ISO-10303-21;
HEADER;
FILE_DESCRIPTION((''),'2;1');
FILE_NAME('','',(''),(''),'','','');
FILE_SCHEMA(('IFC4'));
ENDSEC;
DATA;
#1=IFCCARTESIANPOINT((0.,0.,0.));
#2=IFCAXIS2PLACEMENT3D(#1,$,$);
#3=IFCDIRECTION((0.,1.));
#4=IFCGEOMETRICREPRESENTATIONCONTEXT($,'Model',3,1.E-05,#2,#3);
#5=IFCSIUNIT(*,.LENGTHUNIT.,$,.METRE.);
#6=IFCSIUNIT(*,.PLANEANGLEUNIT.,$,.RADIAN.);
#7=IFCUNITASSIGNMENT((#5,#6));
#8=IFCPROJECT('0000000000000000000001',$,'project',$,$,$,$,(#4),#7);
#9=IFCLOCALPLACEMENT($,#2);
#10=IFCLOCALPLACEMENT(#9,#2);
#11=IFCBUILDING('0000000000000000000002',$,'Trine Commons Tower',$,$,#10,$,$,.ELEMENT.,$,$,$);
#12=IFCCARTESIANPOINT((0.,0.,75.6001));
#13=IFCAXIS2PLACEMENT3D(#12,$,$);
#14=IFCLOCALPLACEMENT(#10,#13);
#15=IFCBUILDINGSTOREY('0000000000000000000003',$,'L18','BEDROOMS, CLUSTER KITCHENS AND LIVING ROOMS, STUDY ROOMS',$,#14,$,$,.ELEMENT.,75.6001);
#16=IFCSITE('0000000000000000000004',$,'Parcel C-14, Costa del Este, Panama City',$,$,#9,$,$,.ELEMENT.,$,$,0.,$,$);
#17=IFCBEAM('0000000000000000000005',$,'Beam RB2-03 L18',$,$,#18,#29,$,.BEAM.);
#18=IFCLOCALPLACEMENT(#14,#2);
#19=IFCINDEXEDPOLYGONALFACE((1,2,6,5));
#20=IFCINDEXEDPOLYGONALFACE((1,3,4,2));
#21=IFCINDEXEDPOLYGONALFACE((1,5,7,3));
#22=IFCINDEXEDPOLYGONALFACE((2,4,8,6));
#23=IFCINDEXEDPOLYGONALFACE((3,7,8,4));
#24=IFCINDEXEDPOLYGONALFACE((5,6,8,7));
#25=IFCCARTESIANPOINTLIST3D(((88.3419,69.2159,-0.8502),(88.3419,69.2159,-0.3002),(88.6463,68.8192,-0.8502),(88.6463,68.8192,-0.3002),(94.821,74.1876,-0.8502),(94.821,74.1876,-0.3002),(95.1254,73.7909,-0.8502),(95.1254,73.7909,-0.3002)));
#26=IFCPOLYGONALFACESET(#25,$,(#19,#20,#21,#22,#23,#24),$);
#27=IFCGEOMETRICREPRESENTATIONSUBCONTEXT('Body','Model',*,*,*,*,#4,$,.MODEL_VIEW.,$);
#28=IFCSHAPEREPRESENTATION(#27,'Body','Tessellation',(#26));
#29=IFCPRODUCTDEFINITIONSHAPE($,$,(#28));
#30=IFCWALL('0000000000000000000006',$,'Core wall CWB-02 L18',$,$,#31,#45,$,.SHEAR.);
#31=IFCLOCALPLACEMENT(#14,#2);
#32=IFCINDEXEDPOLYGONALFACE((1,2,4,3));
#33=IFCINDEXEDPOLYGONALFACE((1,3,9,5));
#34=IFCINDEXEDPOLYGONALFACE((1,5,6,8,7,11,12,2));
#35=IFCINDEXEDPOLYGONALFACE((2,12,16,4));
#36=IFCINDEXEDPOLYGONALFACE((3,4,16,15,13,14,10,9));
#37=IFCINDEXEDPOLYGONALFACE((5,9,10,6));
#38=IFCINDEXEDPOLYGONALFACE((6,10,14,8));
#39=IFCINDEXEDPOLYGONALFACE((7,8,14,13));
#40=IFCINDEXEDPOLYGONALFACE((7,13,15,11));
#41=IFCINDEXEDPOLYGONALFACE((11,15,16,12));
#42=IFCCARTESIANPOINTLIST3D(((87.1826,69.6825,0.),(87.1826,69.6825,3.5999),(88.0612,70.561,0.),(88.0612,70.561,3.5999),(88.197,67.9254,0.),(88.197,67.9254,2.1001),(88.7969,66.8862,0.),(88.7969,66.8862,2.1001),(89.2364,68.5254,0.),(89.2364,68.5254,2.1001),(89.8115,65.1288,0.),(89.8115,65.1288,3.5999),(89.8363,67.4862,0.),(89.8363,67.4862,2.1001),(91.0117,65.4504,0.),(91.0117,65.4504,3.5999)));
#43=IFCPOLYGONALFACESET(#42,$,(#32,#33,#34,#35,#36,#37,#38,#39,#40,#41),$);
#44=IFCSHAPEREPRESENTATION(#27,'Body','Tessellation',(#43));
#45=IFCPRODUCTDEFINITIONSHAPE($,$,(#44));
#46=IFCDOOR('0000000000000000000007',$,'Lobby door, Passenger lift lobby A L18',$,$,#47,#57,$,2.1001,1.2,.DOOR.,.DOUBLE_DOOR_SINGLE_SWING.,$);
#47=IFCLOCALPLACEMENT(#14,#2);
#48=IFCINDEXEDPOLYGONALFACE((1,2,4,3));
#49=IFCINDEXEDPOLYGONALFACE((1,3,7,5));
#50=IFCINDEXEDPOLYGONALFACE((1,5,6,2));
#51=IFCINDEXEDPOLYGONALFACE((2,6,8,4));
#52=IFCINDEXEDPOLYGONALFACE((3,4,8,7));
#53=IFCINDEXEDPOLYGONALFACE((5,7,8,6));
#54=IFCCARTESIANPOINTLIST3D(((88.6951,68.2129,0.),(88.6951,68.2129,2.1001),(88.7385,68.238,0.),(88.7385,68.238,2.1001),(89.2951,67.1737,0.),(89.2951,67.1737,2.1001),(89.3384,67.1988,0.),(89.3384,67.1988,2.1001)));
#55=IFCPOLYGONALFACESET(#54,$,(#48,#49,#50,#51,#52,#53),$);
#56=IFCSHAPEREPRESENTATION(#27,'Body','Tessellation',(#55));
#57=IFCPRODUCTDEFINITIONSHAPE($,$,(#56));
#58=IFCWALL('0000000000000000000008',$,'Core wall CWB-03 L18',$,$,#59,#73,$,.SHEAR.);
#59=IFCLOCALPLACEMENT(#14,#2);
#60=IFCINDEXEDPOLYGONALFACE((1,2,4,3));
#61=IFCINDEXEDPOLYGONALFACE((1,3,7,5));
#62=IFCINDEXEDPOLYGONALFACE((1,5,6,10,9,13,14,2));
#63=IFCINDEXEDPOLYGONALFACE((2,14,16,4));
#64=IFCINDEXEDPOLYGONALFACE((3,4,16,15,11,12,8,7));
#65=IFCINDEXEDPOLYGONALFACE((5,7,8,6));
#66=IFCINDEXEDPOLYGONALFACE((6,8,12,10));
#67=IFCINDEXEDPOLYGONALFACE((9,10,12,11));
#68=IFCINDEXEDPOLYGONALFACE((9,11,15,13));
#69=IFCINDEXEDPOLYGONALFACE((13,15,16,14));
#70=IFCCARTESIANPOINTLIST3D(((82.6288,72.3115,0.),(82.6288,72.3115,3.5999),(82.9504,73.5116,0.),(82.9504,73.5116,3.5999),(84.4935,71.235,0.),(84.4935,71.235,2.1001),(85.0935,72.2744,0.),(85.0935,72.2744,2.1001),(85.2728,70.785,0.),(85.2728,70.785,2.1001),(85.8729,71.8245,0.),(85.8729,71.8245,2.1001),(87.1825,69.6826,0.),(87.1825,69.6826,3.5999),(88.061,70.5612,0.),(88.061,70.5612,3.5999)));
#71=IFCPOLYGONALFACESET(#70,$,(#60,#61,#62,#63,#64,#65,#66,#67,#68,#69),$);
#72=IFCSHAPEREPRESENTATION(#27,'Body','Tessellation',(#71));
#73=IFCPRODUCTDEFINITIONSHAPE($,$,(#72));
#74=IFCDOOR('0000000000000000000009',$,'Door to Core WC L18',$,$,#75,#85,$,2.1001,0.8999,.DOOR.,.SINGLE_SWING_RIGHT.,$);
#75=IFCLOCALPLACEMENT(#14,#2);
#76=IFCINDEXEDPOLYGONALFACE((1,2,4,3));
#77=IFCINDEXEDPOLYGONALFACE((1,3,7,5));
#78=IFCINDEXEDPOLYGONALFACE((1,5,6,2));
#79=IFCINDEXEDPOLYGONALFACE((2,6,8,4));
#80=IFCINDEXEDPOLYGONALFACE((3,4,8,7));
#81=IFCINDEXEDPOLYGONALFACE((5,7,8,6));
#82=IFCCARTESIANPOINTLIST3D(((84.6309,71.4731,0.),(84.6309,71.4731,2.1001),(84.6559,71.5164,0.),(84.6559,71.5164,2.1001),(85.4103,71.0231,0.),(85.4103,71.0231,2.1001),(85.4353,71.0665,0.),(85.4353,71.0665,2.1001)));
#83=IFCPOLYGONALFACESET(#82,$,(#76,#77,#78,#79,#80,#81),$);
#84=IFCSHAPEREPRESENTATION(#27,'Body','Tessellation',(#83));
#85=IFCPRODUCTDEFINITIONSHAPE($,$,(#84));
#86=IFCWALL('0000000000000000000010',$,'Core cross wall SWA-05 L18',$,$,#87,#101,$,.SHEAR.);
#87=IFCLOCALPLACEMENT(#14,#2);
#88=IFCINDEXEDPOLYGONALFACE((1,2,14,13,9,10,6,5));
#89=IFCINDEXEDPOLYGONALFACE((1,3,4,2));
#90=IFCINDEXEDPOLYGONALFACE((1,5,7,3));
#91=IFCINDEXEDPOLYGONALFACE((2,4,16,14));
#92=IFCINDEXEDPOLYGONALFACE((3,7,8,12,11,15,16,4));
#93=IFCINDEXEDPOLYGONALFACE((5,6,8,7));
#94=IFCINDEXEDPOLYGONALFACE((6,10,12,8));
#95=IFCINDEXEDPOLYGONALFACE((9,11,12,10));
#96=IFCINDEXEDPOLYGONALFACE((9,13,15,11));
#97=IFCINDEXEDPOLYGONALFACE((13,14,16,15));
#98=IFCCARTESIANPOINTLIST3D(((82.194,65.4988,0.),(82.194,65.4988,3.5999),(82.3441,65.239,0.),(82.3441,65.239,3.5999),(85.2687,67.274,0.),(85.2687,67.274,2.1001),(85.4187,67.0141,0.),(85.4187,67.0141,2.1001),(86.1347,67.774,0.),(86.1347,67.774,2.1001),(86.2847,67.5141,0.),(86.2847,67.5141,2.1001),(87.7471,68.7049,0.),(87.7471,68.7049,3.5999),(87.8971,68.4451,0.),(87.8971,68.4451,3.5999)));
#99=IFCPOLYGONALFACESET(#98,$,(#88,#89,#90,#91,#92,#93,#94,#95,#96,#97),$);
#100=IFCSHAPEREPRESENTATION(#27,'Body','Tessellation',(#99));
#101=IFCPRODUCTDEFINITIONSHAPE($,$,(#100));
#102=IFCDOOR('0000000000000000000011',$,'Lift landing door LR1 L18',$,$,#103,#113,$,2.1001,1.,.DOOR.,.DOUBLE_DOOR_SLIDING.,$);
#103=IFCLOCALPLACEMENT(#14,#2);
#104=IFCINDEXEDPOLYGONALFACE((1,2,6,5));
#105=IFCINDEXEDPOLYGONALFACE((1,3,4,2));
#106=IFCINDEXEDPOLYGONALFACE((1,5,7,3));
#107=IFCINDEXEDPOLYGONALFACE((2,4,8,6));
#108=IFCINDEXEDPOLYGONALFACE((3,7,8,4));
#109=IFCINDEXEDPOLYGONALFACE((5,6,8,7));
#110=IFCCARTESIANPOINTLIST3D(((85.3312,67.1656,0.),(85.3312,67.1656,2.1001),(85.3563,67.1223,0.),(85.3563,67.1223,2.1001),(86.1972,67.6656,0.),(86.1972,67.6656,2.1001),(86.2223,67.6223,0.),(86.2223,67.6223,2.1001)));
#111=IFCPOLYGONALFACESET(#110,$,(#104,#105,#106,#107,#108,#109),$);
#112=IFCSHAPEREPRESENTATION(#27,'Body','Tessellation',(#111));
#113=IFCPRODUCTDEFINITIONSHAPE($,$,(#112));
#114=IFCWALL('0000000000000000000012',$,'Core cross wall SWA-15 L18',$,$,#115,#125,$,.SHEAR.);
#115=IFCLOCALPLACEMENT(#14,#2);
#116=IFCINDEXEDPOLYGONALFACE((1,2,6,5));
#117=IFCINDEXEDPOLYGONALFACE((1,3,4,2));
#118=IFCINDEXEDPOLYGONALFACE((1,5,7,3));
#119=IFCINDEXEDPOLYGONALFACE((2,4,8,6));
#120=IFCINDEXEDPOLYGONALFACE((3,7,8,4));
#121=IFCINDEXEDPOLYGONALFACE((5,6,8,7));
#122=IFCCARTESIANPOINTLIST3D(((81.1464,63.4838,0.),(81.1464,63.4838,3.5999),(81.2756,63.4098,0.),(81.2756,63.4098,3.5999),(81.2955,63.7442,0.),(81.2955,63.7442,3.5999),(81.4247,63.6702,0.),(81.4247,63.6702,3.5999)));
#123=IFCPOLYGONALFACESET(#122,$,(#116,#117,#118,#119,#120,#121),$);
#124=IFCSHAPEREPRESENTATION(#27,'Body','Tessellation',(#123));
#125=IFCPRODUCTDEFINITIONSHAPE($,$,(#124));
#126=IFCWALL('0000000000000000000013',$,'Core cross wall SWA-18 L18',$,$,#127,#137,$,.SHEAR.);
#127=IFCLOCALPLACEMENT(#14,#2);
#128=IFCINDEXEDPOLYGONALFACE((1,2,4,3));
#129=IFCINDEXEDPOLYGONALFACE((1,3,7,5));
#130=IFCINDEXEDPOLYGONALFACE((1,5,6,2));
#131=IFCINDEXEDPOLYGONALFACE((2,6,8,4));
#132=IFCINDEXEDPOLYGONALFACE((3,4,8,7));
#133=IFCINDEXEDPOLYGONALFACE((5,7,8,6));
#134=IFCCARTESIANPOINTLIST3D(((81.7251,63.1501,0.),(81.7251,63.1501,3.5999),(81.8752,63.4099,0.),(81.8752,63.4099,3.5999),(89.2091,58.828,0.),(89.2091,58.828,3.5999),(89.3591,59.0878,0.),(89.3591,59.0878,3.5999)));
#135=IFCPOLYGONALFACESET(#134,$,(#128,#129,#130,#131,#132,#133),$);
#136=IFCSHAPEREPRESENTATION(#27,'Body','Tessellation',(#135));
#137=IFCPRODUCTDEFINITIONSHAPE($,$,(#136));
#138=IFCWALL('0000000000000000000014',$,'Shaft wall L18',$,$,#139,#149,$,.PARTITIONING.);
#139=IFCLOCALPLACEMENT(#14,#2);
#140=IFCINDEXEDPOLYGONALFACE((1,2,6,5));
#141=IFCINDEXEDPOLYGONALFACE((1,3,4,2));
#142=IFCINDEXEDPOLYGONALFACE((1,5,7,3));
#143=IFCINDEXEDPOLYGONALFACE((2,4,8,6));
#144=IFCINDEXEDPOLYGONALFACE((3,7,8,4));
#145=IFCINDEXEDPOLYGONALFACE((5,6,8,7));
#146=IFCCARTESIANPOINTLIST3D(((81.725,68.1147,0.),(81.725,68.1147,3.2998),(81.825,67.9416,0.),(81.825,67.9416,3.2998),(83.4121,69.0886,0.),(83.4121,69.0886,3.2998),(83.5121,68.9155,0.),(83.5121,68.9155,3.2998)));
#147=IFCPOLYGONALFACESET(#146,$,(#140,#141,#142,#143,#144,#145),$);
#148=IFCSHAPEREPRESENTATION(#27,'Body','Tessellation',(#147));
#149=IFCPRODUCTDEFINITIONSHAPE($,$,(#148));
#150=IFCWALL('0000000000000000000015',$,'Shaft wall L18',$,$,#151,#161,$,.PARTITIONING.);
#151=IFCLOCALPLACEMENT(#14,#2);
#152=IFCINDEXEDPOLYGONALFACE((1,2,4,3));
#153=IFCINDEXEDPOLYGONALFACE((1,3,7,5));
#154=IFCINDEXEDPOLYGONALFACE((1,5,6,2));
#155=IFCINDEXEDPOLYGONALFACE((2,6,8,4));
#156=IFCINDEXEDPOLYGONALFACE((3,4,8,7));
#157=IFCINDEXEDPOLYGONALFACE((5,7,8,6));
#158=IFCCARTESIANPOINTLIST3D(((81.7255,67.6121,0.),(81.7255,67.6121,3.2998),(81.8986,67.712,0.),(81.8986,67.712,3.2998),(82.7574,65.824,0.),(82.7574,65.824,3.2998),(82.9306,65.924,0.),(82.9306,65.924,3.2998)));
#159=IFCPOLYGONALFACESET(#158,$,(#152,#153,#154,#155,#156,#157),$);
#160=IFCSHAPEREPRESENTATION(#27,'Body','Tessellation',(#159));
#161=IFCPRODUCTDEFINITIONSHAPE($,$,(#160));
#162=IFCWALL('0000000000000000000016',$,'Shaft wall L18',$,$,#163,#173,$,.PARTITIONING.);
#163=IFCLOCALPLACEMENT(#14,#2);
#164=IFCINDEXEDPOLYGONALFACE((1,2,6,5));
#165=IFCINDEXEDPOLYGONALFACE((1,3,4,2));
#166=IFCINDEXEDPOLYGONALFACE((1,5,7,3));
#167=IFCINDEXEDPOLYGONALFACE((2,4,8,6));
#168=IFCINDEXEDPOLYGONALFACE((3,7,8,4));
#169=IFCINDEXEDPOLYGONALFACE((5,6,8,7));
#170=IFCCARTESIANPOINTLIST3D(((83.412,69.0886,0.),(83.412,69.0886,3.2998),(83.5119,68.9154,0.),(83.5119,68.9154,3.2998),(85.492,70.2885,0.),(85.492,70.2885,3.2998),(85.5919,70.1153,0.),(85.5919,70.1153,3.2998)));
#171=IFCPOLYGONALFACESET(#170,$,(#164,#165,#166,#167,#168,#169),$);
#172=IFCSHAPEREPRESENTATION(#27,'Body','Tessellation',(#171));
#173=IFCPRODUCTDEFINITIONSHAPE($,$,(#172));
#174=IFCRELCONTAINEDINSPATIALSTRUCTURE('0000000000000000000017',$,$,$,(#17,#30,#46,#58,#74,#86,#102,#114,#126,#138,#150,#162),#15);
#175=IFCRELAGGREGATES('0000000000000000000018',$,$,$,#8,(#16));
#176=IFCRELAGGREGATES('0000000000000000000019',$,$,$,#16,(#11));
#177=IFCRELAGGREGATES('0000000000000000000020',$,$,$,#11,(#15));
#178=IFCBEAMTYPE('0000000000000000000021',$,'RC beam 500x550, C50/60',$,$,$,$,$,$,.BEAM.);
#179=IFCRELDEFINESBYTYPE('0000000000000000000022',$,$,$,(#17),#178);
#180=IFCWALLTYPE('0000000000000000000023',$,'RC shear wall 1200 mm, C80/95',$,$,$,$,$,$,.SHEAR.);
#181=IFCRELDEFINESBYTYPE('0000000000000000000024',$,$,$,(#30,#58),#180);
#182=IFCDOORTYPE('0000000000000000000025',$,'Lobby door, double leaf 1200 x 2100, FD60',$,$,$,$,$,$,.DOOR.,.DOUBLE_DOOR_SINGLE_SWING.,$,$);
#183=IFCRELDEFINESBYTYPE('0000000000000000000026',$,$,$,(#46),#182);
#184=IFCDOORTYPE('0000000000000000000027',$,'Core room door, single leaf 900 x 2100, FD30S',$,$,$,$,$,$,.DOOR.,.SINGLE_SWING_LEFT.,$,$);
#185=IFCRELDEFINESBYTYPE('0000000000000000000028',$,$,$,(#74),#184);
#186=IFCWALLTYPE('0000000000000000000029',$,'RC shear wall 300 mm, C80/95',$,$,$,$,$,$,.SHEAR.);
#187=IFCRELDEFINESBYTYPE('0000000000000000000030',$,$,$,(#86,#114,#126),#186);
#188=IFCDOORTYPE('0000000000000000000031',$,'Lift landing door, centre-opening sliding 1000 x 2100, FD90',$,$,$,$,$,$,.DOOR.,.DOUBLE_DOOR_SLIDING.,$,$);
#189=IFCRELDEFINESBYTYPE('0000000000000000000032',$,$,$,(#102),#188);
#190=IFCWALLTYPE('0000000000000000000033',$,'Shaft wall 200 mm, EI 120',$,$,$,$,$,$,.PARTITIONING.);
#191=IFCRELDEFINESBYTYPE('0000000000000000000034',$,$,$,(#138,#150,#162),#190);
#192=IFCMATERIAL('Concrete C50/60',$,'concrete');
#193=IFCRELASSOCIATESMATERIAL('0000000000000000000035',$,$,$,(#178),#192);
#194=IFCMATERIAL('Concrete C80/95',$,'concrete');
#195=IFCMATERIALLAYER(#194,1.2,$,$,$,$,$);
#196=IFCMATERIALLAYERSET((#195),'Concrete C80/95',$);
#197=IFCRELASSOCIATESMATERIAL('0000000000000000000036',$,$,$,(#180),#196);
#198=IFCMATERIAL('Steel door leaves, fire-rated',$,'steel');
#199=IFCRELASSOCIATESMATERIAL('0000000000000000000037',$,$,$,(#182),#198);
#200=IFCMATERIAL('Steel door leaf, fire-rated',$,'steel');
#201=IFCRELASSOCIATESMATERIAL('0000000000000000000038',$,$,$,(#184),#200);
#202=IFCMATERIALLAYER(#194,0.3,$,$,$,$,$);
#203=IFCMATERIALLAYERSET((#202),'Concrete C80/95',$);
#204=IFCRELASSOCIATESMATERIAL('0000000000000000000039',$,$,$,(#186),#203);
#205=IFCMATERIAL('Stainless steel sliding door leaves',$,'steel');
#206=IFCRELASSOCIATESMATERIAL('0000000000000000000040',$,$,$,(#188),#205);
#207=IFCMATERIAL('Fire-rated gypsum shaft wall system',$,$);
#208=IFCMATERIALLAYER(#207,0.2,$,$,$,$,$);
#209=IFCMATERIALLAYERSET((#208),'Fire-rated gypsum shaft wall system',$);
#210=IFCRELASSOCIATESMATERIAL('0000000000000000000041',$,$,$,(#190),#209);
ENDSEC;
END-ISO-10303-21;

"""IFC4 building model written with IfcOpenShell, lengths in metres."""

from ifc_helpers import new_model, si_unit, direction, frame, frame_2d, origin, origin_2d, place, context, subcontext, project, spatial, polyline, rectangle, outline, extrude, material, layer, layer_set, material_profile, profile_set, type_object, element, fill, save


model = new_model("IFC4")

# Units and contexts
model_context = context("Model", 3, precision=1e-05, world=origin(), true_north=direction((0.0, 1.0)))
body_context = subcontext(model_context, "Body", "Model", "MODEL_VIEW")
ifc_project = project(units=[si_unit("LENGTHUNIT", "METRE"), si_unit("PLANEANGLEUNIT", "RADIAN")], contexts=[model_context])

# Site, building, storey
site_placement = place(None, origin())
site = spatial("IfcSite", under=ifc_project, at=site_placement, Name="Parcel C-14, Costa del Este, Panama City", CompositionType="ELEMENT", RefElevation=0.0)
building_placement = place(site_placement, origin())
building = spatial("IfcBuilding", under=site, at=building_placement, Name="Trine Commons Tower", CompositionType="ELEMENT")
storey_placement = place(building_placement, frame((0.0, 0.0, 75.6001)))
storey = spatial("IfcBuildingStorey", under=building, at=storey_placement, Name="L18", Description="BEDROOMS, CLUSTER KITCHENS AND LIVING ROOMS, STUDY ROOMS", CompositionType="ELEMENT", Elevation=75.6001)

# Beam
ifc_material_1 = material(Name="Concrete C50/60", Category="concrete")
ifc_material_profile = material_profile(ifc_material_1, rectangle(XDim=0.5, YDim=0.55, at=origin_2d()), Name="RC 500x550")
ifc_profile_set = profile_set([ifc_material_profile], Name="Concrete C50/60")
beam_type = type_object("IfcBeamType", Name="RC beam 500x550, C50/60", PredefinedType="BEAM", material=ifc_profile_set)
beam_placement = place(storey_placement, frame((88.4941, 69.0176, -0.5752), z_axis=(0.793344, 0.608774, 0.0), x_axis=(-0.608774, 0.793344, 0.0)))
element("IfcBeam", 1, at=beam_placement, inside=storey, type_object=beam_type, Name="Beam RB2-03 L18", PredefinedType="BEAM", context=body_context, shape_type="SweptSolid", body=[
    extrude(rectangle(XDim=0.5, YDim=0.55, at=origin_2d()), origin(), (0.0, 0.0, 1.0), 8.1667),
])

# Walls, openings, doors
ifc_material_2 = material(Name="Concrete C80/95", Category="concrete")
ifc_layer_1 = layer(ifc_material_2, 1.2)
ifc_layer_set_1 = layer_set([ifc_layer_1], Name="Concrete C80/95")
wall_type_1 = type_object("IfcWallType", Name="RC shear wall 1200 mm, C80/95", PredefinedType="SHEAR", material=ifc_layer_set_1)
wall_1_placement = place(storey_placement, frame((90.4919, 65.1504, 0.0), z_axis=(0.0, 0.0, 1.0), x_axis=(-0.499979, 0.866037, 0.0)))
wall_1 = element("IfcWall", 2, at=wall_1_placement, inside=storey, type_object=wall_type_1, Name="Core wall CWB-02 L18", PredefinedType="SHEAR", context=body_context, shape_type="SweptSolid", body=[
    extrude(outline(polyline([(0.0, -0.6001), (5.9011, -0.6001), (5.5796, 0.6001), (0.3215, 0.6001), (0.0, -0.6001)])), origin(), (0.0, 0.0, 1.0), 3.5999),
])
opening_1_placement = place(wall_1_placement, frame((2.3506, 0.0, 0.0)))
opening_1 = element("IfcOpeningElement", 3, at=opening_1_placement, cuts=wall_1, PredefinedType="OPENING", context=body_context, shape_type="SweptSolid", body=[
    extrude(rectangle(XDim=1.2, YDim=2.1001, at=frame_2d((0.6001, 1.05))), frame((0.0, 0.6099, 0.0), z_axis=(0.0, -1.0, 0.0), x_axis=(1.0, 0.0, 0.0)), (0.0, 0.0, 1.0), 1.22),
])
ifc_material_3 = material(Name="Steel door leaves, fire-rated", Category="steel")
door_type_1 = type_object("IfcDoorType", Name="Lobby door, double leaf 1200 x 2100, FD60", OperationType="DOUBLE_DOOR_SINGLE_SWING", PredefinedType="DOOR", material=ifc_material_3)
door_1_placement = place(opening_1_placement, origin())
door_1 = element("IfcDoor", 4, at=door_1_placement, inside=storey, type_object=door_type_1, Name="Lobby door, Passenger lift lobby A L18", OperationType="DOUBLE_DOOR_SINGLE_SWING", OverallHeight=2.1001, OverallWidth=1.2, PredefinedType="DOOR", context=body_context, shape_type="SweptSolid", body=[
    extrude(rectangle(XDim=1.2, YDim=2.1001, at=frame_2d((0.6001, 1.05))), frame((0.0, 0.0249, 0.0), z_axis=(0.0, -1.0, 0.0), x_axis=(1.0, 0.0, 0.0)), (0.0, 0.0, 1.0), 0.05),
])
fill(opening_1, door_1)
wall_2_placement = place(storey_placement, frame((87.761, 70.0415, 0.0), z_axis=(0.0, 0.0, 1.0), x_axis=(-0.866037, 0.499979, 0.0)))
wall_2 = element("IfcWall", 5, at=wall_2_placement, inside=storey, type_object=wall_type_1, Name="Core wall CWB-03 L18", PredefinedType="SHEAR", context=body_context, shape_type="SweptSolid", body=[
    extrude(outline(polyline([(0.0, -0.6001), (5.9011, -0.6001), (5.5796, 0.6001), (0.3215, 0.6001), (0.0, -0.6001)])), origin(), (0.0, 0.0, 1.0), 3.5999),
])
opening_2_placement = place(wall_2_placement, frame((2.5266, 0.0, 0.0)))
opening_2 = element("IfcOpeningElement", 6, at=opening_2_placement, cuts=wall_2, PredefinedType="OPENING", context=body_context, shape_type="SweptSolid", body=[
    extrude(rectangle(XDim=0.8999, YDim=2.1001, at=frame_2d((0.45, 1.05))), frame((0.0, 0.6099, 0.0), z_axis=(0.0, -1.0, 0.0), x_axis=(1.0, 0.0, 0.0)), (0.0, 0.0, 1.0), 1.22),
])
ifc_material_4 = material(Name="Steel door leaf, fire-rated", Category="steel")
door_type_2 = type_object("IfcDoorType", Name="Core room door, single leaf 900 x 2100, FD30S", OperationType="SINGLE_SWING_LEFT", PredefinedType="DOOR", material=ifc_material_4)
door_2_placement = place(opening_2_placement, origin())
door_2 = element("IfcDoor", 7, at=door_2_placement, inside=storey, type_object=door_type_2, Name="Door to Core WC L18", OperationType="SINGLE_SWING_RIGHT", OverallHeight=2.1001, OverallWidth=0.8999, PredefinedType="DOOR", context=body_context, shape_type="SweptSolid", body=[
    extrude(rectangle(XDim=0.8999, YDim=2.1001, at=frame_2d((0.45, 1.05))), frame((0.0, 0.3252, 0.0), z_axis=(0.0, -1.0, 0.0), x_axis=(1.0, 0.0, 0.0)), (0.0, 0.0, 1.0), 0.05),
])
fill(opening_2, door_2)
ifc_layer_2 = layer(ifc_material_2, 0.3)
ifc_layer_set_2 = layer_set([ifc_layer_2], Name="Concrete C80/95")
wall_type_2 = type_object("IfcWallType", Name="RC shear wall 300 mm, C80/95", PredefinedType="SHEAR", material=ifc_layer_set_2)
wall_3_placement = place(storey_placement, frame((82.269, 65.3689, 0.0), z_axis=(0.0, 0.0, 1.0), x_axis=(0.866023, 0.500005, 0.0)))
wall_3 = element("IfcWall", 8, at=wall_3_placement, inside=storey, type_object=wall_type_2, Name="Core cross wall SWA-05 L18", PredefinedType="SHEAR", context=body_context, shape_type="SweptSolid", body=[
    extrude(rectangle(XDim=6.4121, YDim=0.3, at=frame_2d((3.2061, 0.0))), origin(), (0.0, 0.0, 1.0), 3.5999),
])
opening_3_placement = place(wall_3_placement, frame((3.5503, 0.0, 0.0)))
opening_3 = element("IfcOpeningElement", 9, at=opening_3_placement, cuts=wall_3, PredefinedType="OPENING", context=body_context, shape_type="SweptSolid", body=[
    extrude(rectangle(XDim=1.0, YDim=2.1001, at=frame_2d((0.5, 1.05))), frame((0.0, 0.1599, 0.0), z_axis=(0.0, -1.0, 0.0), x_axis=(1.0, 0.0, 0.0)), (0.0, 0.0, 1.0), 0.3201),
])
ifc_material_5 = material(Name="Stainless steel sliding door leaves", Category="steel")
door_type_3 = type_object("IfcDoorType", Name="Lift landing door, centre-opening sliding 1000 x 2100, FD90", OperationType="DOUBLE_DOOR_SLIDING", PredefinedType="DOOR", material=ifc_material_5)
door_3_placement = place(opening_3_placement, origin())
door_3 = element("IfcDoor", 10, at=door_3_placement, inside=storey, type_object=door_type_3, Name="Lift landing door LR1 L18", OperationType="DOUBLE_DOOR_SLIDING", OverallHeight=2.1001, OverallWidth=1.0, PredefinedType="DOOR", context=body_context, shape_type="SweptSolid", body=[
    extrude(rectangle(XDim=1.0, YDim=2.1001, at=frame_2d((0.5, 1.05))), frame((0.0, 0.0249, 0.0), z_axis=(0.0, -1.0, 0.0), x_axis=(1.0, 0.0, 0.0)), (0.0, 0.0, 1.0), 0.05),
])
fill(opening_3, door_3)

# Walls
wall_4_placement = place(storey_placement, frame((81.2209, 63.614, 0.0), z_axis=(0.0, 0.0, 1.0), x_axis=(0.867738, -0.497022, 0.0)))
element("IfcWall", 11, at=wall_4_placement, inside=storey, type_object=wall_type_2, Name="Core cross wall SWA-15 L18", PredefinedType="SHEAR", context=body_context, shape_type="SweptSolid", body=[
    extrude(rectangle(XDim=0.1489, YDim=0.3, at=frame_2d((0.0745, 0.0))), origin(), (0.0, 0.0, 1.0), 3.5999),
])
wall_5_placement = place(storey_placement, frame((81.8, 63.28, 0.0), z_axis=(0.0, 0.0, 1.0), x_axis=(0.865965, -0.500104, 0.0)))
element("IfcWall", 12, at=wall_5_placement, inside=storey, type_object=wall_type_2, Name="Core cross wall SWA-18 L18", PredefinedType="SHEAR", context=body_context, shape_type="SweptSolid", body=[
    extrude(rectangle(XDim=8.6423, YDim=0.3, at=frame_2d((4.3213, 0.0))), origin(), (0.0, 0.0, 1.0), 3.5999),
])
ifc_material_6 = material(Name="Fire-rated gypsum shaft wall system")
ifc_layer_3 = layer(ifc_material_6, 0.2)
ifc_layer_set_3 = layer_set([ifc_layer_3], Name="Fire-rated gypsum shaft wall system")
wall_type_3 = type_object("IfcWallType", Name="Shaft wall 200 mm, EI 120", PredefinedType="PARTITIONING", material=ifc_layer_set_3)
wall_6_placement = place(storey_placement, frame((81.7749, 68.0281, 0.0), z_axis=(0.0, 0.0, 1.0), x_axis=(0.866052, 0.499954, 0.0)))
element("IfcWall", 13, at=wall_6_placement, inside=storey, type_object=wall_type_3, Name="Shaft wall L18", PredefinedType="PARTITIONING", context=body_context, shape_type="SweptSolid", body=[
    extrude(rectangle(XDim=1.948, YDim=0.2, at=frame_2d((0.9741, 0.0))), origin(), (0.0, 0.0, 1.0), 3.2998),
])
wall_7_placement = place(storey_placement, frame((82.844, 65.874, 0.0), z_axis=(0.0, 0.0, 1.0), x_axis=(-0.499866, 0.866103, 0.0)))
element("IfcWall", 14, at=wall_7_placement, inside=storey, type_object=wall_type_3, Name="Shaft wall L18", PredefinedType="PARTITIONING", context=body_context, shape_type="SweptSolid", body=[
    extrude(rectangle(XDim=2.0645, YDim=0.2, at=frame_2d((1.0322, 0.0))), origin(), (0.0, 0.0, 1.0), 3.2998),
])
wall_8_placement = place(storey_placement, frame((83.4619, 69.002, 0.0), z_axis=(0.0, 0.0, 1.0), x_axis=(0.866203, 0.499693, 0.0)))
element("IfcWall", 15, at=wall_8_placement, inside=storey, type_object=wall_type_3, Name="Shaft wall L18", PredefinedType="PARTITIONING", context=body_context, shape_type="SweptSolid", body=[
    extrude(rectangle(XDim=2.4014, YDim=0.2, at=frame_2d((1.2007, 0.0))), origin(), (0.0, 0.0, 1.0), 3.2998),
])

save(model, "model.ifc")
